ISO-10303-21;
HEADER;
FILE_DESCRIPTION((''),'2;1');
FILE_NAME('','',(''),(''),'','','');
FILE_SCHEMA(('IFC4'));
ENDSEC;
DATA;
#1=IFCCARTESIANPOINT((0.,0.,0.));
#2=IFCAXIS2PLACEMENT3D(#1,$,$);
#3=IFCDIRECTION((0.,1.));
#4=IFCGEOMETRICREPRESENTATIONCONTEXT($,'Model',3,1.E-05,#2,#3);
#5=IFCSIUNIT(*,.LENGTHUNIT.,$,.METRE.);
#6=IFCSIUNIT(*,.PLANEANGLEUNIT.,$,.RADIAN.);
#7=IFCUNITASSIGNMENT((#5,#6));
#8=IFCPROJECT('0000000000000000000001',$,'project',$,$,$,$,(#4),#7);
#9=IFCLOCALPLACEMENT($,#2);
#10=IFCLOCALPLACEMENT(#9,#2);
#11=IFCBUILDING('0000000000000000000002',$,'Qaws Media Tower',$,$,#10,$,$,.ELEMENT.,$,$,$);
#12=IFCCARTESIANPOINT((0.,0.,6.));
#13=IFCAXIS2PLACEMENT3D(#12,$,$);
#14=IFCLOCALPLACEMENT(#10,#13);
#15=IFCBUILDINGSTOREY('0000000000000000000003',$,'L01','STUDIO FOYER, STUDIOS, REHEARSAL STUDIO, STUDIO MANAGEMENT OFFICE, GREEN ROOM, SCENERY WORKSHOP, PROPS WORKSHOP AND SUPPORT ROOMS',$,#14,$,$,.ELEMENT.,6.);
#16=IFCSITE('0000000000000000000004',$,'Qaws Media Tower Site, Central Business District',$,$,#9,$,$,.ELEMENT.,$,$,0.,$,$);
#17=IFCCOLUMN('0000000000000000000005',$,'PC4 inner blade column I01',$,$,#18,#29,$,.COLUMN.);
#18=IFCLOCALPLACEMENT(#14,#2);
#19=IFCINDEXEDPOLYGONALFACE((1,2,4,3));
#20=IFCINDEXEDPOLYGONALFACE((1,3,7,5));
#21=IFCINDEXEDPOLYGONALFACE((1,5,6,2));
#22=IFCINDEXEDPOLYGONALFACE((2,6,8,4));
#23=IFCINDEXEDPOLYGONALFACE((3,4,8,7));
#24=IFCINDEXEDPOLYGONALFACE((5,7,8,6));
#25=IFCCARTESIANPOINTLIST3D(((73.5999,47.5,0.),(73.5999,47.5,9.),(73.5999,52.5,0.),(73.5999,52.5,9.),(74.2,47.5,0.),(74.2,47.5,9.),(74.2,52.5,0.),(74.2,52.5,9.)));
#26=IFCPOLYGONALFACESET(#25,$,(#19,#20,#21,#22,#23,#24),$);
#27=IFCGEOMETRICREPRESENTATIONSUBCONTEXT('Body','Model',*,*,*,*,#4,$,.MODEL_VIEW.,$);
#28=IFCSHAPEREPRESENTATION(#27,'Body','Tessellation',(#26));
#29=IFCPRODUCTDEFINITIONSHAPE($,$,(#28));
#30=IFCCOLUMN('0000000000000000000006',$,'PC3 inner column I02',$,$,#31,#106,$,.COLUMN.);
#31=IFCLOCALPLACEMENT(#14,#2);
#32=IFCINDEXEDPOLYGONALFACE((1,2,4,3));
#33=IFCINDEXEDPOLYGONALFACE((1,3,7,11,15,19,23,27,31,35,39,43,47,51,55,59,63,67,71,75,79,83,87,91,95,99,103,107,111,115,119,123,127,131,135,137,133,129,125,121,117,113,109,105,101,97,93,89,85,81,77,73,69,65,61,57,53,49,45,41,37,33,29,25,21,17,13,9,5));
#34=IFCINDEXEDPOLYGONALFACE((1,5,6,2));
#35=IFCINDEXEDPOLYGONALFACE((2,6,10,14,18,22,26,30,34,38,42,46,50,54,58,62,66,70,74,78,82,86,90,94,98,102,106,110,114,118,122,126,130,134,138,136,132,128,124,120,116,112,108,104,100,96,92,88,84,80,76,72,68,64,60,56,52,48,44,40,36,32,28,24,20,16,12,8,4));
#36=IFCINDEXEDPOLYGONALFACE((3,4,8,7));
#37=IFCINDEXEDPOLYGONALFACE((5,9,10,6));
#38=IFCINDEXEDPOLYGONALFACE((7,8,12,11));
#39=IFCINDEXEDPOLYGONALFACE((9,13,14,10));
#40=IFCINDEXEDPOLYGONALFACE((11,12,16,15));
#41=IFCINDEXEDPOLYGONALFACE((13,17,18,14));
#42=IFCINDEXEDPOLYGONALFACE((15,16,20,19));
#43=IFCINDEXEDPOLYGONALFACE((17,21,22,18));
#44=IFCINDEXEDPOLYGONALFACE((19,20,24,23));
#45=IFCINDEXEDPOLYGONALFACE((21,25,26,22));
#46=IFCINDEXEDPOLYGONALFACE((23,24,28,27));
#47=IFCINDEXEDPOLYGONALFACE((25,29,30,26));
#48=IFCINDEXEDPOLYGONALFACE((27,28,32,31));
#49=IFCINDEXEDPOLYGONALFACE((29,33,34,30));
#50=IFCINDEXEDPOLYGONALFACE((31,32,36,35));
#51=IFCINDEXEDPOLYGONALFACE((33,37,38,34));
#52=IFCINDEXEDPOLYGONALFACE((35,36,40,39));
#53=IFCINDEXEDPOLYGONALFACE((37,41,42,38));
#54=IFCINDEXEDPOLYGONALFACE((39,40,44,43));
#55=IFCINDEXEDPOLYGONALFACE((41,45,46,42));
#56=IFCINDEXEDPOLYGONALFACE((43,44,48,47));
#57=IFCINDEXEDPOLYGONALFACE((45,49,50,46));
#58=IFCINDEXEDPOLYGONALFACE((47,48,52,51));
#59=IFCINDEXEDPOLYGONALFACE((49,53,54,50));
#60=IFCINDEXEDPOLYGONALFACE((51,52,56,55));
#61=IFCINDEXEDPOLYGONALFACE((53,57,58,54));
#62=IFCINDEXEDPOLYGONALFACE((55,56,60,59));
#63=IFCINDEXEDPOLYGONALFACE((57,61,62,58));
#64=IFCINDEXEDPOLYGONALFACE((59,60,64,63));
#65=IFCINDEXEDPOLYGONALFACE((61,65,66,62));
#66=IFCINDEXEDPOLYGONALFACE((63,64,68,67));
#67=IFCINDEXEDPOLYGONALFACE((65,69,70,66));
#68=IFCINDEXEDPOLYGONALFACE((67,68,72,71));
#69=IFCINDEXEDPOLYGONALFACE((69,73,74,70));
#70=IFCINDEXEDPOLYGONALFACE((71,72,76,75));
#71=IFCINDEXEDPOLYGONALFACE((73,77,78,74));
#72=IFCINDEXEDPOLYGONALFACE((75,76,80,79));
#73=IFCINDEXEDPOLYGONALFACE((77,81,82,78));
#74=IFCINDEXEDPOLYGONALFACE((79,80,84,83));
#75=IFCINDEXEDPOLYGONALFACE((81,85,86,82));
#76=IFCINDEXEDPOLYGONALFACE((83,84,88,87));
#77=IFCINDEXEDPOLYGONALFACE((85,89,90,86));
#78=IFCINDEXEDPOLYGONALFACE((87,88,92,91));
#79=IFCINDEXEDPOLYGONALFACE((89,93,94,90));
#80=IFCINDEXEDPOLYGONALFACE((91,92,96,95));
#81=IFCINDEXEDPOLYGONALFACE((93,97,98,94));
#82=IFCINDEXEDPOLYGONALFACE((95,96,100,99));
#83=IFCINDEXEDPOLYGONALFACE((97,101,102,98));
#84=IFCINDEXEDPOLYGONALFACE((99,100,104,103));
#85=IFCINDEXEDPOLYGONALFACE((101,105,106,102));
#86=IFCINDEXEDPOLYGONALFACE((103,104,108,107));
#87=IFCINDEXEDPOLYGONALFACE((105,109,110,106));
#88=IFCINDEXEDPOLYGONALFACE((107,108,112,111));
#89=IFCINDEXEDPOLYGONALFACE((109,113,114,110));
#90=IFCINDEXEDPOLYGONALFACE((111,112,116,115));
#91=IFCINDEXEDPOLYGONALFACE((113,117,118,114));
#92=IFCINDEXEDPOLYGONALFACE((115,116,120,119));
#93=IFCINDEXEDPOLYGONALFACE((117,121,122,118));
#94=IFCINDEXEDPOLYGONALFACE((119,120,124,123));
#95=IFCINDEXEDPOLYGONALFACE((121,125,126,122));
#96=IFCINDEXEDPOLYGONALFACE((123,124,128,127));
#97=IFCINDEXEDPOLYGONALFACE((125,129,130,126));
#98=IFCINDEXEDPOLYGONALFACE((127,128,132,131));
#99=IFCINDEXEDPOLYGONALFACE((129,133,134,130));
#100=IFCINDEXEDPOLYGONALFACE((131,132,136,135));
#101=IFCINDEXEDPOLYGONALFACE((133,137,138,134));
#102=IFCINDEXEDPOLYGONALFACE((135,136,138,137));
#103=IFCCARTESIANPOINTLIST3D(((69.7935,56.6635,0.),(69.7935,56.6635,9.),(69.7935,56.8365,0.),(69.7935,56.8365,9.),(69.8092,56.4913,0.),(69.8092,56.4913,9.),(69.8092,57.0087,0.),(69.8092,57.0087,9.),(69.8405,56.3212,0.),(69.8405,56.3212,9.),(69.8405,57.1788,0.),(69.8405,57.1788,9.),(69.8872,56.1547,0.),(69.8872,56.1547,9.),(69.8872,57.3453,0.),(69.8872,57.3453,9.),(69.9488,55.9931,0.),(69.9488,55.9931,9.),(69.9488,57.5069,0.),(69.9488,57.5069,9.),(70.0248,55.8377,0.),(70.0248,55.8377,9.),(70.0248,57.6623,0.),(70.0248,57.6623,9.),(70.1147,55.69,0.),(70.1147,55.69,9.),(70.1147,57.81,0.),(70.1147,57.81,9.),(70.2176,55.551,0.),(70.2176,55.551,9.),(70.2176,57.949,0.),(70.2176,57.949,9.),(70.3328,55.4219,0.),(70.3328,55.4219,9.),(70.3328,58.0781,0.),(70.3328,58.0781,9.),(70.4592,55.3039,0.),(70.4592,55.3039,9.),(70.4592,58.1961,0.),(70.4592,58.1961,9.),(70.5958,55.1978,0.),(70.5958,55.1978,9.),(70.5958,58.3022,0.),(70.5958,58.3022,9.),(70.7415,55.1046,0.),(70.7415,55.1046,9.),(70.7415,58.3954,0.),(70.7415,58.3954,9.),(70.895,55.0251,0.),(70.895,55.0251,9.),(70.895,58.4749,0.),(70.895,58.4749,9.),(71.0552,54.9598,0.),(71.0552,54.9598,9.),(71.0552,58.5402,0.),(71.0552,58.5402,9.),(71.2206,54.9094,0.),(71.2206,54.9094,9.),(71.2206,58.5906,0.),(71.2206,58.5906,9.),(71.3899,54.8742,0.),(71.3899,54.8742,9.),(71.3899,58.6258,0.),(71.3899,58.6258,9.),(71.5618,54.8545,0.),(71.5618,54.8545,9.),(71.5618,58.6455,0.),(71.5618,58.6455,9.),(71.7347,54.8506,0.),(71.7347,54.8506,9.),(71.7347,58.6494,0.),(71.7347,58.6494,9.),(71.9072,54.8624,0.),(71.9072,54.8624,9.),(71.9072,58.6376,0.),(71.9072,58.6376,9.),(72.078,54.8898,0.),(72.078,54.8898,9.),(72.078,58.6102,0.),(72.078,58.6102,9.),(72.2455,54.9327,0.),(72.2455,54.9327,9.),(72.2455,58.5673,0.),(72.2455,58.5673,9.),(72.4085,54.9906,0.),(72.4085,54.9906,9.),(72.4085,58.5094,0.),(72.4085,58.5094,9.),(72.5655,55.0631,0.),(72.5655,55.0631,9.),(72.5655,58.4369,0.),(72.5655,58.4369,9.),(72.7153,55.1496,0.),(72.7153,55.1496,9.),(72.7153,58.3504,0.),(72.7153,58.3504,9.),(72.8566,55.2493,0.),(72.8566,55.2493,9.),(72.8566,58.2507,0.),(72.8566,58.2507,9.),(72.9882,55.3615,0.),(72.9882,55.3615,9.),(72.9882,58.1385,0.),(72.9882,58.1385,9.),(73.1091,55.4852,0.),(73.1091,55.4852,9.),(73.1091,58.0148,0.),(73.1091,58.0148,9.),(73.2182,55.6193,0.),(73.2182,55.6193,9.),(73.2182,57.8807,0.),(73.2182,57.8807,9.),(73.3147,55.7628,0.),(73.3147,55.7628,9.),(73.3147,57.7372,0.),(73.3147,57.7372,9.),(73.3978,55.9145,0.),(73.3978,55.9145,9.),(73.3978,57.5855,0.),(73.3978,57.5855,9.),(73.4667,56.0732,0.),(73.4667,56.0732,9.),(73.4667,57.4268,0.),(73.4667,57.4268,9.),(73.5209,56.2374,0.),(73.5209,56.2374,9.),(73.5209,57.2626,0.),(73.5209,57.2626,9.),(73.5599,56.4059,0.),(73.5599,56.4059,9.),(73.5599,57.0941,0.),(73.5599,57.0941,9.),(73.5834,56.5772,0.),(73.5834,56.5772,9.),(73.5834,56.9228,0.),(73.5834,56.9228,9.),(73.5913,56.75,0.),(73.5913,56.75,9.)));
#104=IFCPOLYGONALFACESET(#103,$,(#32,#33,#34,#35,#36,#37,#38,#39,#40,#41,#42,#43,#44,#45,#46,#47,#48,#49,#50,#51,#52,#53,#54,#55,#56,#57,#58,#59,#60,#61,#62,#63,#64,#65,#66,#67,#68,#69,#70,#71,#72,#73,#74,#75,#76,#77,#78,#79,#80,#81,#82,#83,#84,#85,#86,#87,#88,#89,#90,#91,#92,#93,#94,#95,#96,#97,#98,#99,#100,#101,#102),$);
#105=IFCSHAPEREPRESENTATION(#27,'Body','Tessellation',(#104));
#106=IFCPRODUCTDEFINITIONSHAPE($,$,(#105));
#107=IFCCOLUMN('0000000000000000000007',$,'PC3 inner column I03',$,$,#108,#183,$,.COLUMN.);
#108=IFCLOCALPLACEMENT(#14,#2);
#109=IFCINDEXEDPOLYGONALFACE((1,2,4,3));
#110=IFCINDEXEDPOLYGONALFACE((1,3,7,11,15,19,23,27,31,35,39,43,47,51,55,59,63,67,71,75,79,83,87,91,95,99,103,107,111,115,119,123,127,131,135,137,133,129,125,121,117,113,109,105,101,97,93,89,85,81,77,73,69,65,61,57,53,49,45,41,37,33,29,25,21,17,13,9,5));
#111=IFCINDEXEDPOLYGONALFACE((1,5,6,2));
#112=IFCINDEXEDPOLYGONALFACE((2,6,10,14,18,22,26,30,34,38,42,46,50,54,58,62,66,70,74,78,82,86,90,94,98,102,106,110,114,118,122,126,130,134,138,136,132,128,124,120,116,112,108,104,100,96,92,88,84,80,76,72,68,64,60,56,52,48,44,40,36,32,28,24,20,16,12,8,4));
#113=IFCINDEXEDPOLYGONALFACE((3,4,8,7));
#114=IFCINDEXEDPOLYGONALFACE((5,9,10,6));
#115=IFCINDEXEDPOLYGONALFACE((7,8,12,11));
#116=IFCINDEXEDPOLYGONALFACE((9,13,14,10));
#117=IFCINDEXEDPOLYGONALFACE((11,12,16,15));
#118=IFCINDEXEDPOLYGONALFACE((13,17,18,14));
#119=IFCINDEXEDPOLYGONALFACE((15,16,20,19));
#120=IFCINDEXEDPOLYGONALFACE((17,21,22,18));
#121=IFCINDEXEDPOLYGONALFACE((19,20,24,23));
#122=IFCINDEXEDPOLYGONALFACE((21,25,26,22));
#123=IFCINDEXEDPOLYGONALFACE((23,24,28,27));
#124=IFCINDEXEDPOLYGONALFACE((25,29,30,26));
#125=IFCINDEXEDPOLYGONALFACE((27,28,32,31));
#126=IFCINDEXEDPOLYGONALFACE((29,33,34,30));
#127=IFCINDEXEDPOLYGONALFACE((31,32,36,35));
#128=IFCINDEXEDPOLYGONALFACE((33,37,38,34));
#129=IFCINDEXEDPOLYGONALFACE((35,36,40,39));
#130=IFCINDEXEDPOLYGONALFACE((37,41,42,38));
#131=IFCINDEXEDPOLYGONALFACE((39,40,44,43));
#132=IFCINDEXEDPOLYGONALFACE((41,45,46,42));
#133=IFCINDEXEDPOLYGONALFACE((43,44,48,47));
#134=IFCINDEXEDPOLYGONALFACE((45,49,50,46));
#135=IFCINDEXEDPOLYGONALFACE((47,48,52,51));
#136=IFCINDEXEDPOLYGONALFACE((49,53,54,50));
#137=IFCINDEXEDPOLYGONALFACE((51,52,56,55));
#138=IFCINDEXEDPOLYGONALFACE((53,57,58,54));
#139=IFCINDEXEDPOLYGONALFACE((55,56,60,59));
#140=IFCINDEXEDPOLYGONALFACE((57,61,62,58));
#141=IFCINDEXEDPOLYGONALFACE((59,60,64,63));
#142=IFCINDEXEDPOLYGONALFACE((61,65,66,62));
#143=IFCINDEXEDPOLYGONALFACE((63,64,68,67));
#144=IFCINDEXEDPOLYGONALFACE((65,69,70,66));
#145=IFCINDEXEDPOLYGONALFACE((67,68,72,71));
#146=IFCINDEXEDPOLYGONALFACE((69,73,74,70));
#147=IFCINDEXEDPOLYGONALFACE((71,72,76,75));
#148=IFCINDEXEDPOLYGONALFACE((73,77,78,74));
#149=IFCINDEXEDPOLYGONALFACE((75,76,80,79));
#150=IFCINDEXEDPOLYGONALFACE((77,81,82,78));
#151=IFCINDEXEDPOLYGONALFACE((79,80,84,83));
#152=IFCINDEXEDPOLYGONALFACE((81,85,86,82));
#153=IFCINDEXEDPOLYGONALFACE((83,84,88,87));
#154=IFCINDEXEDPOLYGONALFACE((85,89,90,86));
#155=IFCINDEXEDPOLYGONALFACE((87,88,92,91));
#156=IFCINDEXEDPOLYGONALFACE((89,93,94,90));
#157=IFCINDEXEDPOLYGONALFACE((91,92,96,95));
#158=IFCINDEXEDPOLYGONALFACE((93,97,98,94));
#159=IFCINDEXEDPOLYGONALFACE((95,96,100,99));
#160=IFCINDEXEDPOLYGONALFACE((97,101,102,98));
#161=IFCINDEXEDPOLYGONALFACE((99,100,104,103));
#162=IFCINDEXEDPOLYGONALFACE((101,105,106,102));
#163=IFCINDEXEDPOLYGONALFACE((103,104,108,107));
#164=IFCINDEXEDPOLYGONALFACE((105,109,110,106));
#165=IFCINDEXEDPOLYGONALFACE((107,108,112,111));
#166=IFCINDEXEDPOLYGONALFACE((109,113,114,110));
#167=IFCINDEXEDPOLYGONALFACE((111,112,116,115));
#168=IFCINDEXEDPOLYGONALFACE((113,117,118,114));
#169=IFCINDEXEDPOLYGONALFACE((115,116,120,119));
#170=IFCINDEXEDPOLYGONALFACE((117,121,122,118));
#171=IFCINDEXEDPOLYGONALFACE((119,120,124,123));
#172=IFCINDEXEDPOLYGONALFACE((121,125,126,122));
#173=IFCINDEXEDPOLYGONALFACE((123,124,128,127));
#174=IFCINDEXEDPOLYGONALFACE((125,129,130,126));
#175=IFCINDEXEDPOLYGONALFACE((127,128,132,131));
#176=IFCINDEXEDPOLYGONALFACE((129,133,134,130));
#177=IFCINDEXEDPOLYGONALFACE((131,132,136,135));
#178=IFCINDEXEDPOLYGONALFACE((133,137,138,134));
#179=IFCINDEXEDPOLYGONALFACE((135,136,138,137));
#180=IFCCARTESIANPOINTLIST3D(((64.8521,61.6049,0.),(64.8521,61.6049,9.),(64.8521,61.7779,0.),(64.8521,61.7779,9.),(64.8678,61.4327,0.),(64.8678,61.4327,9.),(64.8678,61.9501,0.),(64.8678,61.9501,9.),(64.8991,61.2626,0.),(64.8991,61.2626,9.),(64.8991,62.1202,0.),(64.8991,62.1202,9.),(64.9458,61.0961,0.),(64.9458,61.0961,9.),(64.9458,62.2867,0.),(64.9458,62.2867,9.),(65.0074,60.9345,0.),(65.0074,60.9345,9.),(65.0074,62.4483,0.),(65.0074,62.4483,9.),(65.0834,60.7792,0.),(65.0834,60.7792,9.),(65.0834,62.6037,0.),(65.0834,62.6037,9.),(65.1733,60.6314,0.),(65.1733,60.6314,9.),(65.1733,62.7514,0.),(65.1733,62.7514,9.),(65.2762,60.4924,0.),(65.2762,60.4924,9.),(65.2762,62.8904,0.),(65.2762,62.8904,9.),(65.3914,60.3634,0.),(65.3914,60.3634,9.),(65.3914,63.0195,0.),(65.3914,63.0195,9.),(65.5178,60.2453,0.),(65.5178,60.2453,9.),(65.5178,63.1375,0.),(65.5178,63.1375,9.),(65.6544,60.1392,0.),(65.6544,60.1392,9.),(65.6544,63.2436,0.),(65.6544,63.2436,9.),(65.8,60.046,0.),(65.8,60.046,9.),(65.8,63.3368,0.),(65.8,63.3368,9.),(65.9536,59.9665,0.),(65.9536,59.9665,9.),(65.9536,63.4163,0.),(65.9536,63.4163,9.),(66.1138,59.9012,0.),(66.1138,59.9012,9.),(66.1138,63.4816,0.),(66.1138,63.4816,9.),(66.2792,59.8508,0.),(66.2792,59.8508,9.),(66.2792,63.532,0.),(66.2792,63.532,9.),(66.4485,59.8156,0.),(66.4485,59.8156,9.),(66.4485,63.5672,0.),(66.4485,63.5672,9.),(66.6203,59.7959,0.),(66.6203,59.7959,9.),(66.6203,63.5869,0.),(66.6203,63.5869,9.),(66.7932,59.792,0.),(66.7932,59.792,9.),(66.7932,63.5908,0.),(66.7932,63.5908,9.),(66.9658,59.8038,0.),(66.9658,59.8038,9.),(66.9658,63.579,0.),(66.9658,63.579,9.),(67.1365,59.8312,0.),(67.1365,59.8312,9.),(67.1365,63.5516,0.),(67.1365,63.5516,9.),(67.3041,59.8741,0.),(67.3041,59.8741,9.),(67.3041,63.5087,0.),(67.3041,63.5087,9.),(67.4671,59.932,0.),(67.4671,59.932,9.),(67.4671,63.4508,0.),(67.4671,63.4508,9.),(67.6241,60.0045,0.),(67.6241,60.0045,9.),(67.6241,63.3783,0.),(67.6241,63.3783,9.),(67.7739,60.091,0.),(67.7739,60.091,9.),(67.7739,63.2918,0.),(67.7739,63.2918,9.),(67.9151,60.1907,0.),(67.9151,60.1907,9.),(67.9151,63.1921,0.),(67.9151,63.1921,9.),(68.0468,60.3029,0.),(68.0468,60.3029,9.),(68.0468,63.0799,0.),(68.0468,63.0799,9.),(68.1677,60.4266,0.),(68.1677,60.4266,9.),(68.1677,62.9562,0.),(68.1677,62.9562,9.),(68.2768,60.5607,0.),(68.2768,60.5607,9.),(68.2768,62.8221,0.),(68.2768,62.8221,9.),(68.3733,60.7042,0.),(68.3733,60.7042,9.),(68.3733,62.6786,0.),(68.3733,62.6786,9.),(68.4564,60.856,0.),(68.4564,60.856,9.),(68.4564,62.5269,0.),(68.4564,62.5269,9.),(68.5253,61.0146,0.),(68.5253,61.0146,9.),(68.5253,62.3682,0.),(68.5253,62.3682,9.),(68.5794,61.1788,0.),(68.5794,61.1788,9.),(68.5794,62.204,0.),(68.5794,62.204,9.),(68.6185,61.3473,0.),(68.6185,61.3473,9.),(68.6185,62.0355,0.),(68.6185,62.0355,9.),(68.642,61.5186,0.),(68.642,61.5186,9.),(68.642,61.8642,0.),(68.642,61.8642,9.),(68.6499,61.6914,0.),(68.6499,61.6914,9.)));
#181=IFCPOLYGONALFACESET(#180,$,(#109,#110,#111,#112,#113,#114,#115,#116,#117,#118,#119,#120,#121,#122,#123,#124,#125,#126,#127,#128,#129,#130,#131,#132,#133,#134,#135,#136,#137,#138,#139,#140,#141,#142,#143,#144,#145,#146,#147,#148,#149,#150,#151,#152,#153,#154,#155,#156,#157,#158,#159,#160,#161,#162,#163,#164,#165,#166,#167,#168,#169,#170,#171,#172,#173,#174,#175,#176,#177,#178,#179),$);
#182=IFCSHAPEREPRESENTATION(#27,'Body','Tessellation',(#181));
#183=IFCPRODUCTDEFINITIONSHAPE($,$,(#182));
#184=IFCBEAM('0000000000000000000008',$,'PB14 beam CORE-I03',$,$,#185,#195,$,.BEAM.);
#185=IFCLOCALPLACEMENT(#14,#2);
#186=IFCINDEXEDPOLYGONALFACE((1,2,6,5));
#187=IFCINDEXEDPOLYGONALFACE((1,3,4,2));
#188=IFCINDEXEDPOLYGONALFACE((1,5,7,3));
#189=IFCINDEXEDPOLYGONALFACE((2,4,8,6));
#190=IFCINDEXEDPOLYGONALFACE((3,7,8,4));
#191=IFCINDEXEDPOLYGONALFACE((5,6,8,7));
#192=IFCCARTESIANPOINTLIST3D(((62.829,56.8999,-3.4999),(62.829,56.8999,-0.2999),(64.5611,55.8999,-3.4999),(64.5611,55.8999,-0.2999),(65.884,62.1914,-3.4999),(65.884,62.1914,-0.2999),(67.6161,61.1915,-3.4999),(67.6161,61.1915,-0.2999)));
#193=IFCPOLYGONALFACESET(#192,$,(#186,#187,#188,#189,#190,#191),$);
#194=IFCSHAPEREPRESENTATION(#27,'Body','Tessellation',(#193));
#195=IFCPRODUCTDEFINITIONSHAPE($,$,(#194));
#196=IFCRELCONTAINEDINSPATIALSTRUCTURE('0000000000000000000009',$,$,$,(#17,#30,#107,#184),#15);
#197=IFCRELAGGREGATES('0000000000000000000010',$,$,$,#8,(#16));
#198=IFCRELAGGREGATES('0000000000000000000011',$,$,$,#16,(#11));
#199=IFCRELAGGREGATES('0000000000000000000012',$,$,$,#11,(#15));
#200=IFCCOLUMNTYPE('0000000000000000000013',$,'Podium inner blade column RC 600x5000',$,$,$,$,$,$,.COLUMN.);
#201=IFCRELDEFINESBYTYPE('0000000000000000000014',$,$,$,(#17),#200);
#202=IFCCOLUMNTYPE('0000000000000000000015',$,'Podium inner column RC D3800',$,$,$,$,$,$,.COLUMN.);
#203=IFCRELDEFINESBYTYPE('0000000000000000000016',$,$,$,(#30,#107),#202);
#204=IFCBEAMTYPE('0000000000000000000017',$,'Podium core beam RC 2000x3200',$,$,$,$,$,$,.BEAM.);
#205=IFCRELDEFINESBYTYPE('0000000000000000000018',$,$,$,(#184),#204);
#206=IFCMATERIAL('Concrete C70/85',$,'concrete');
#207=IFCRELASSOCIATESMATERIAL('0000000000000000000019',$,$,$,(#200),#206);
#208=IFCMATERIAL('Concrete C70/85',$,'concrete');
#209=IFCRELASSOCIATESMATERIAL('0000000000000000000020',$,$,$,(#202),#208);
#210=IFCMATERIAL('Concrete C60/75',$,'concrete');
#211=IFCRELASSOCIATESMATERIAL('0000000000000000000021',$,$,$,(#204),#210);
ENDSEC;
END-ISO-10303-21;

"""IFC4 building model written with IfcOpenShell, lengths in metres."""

from ifc_helpers import new_model, si_unit, direction, frame, origin, origin_2d, place, context, subcontext, project, spatial, rectangle, circle, extrude, material, material_profile, profile_set, type_object, element, save


model = new_model("IFC4")

# Units and contexts
model_context = context("Model", 3, precision=1e-05, world=origin(), true_north=direction((0.0, 1.0)))
body_context = subcontext(model_context, "Body", "Model", "MODEL_VIEW")
ifc_project = project(units=[si_unit("LENGTHUNIT", "METRE"), si_unit("PLANEANGLEUNIT", "RADIAN")], contexts=[model_context])

# Site, building, storey
site_placement = place(None, origin())
site = spatial("IfcSite", under=ifc_project, at=site_placement, Name="Qaws Media Tower Site, Central Business District", CompositionType="ELEMENT", RefElevation=0.0)
building_placement = place(site_placement, origin())
building = spatial("IfcBuilding", under=site, at=building_placement, Name="Qaws Media Tower", CompositionType="ELEMENT")
storey_placement = place(building_placement, frame((0.0, 0.0, 6.0)))
storey = spatial("IfcBuildingStorey", under=building, at=storey_placement, Name="L01", Description="STUDIO FOYER, STUDIOS, REHEARSAL STUDIO, STUDIO MANAGEMENT OFFICE, GREEN ROOM, SCENERY WORKSHOP, PROPS WORKSHOP AND SUPPORT ROOMS", CompositionType="ELEMENT", Elevation=6.0)

# Columns
ifc_material_1 = material(Name="Concrete C70/85", Category="concrete")
ifc_material_profile_1 = material_profile(ifc_material_1, rectangle(XDim=0.6001, YDim=5.0, at=origin_2d()), Name="RC 600x5000")
ifc_profile_set_1 = profile_set([ifc_material_profile_1], Name="Concrete C70/85")
column_type_1 = type_object("IfcColumnType", Name="Podium inner blade column RC 600x5000", PredefinedType="COLUMN", material=ifc_profile_set_1)
column_placement = place(storey_placement, frame((73.8999, 50.0, 0.0), z_axis=(0.0, 0.0, 1.0), x_axis=(1.0, 0.0, 0.0)))
element("IfcColumn", 1, at=column_placement, inside=storey, type_object=column_type_1, Name="PC4 inner blade column I01", PredefinedType="COLUMN", context=body_context, shape_type="SweptSolid", body=[
    extrude(rectangle(XDim=0.6001, YDim=5.0, at=origin_2d()), origin(), (0.0, 0.0, 1.0), 9.0),
])
ifc_material_2 = material(Name="Concrete C70/85", Category="concrete")
ifc_material_profile_2 = material_profile(ifc_material_2, circle(Radius=1.8999, at=origin_2d()), Name="RC D3800")
ifc_profile_set_2 = profile_set([ifc_material_profile_2], Name="Concrete C70/85")
column_type_2 = type_object("IfcColumnType", Name="Podium inner column RC D3800", PredefinedType="COLUMN", material=ifc_profile_set_2)
for number, where, z_axis, x_axis, name in (
    (2, (71.6914, 56.75, 0.0), (0.0, 0.0, 1.0), (1.0, 0.0, 0.0), "PC3 inner column I02"),
    (3, (66.75, 61.6914, 0.0), (0.0, 0.0, 1.0), (1.0, 0.0, 0.0), "PC3 inner column I03"),
):
    element("IfcColumn", number, at=place(storey_placement, frame(where, z_axis=z_axis, x_axis=x_axis)), inside=storey, type_object=column_type_2, Name=name, PredefinedType="COLUMN", context=body_context, shape_type="SweptSolid", body=[
        extrude(circle(Radius=1.8999, at=origin_2d()), origin(), (0.0, 0.0, 1.0), 9.0),
    ])

# Beam
ifc_material_3 = material(Name="Concrete C60/75", Category="concrete")
ifc_material_profile_3 = material_profile(ifc_material_3, rectangle(XDim=2.0, YDim=3.2, at=origin_2d()), Name="RC 2000x3200")
ifc_profile_set_3 = profile_set([ifc_material_profile_3], Name="Concrete C60/75")
beam_type_1 = type_object("IfcBeamType", Name="Podium core beam RC 2000x3200", PredefinedType="BEAM", material=ifc_profile_set_3)
beam_1_placement = place(storey_placement, frame((63.6951, 56.3999, -1.8999), z_axis=(0.499985, 0.866034, 0.0), x_axis=(-0.866034, 0.499985, 0.0)))
element("IfcBeam", 4, at=beam_1_placement, inside=storey, type_object=beam_type_1, Name="PB14 beam CORE-I03", PredefinedType="BEAM", context=body_context, shape_type="SweptSolid", body=[
    extrude(rectangle(XDim=2.0, YDim=3.2, at=origin_2d()), origin(), (0.0, 0.0, 1.0), 6.1101),
])

save(model, "model.ifc")
